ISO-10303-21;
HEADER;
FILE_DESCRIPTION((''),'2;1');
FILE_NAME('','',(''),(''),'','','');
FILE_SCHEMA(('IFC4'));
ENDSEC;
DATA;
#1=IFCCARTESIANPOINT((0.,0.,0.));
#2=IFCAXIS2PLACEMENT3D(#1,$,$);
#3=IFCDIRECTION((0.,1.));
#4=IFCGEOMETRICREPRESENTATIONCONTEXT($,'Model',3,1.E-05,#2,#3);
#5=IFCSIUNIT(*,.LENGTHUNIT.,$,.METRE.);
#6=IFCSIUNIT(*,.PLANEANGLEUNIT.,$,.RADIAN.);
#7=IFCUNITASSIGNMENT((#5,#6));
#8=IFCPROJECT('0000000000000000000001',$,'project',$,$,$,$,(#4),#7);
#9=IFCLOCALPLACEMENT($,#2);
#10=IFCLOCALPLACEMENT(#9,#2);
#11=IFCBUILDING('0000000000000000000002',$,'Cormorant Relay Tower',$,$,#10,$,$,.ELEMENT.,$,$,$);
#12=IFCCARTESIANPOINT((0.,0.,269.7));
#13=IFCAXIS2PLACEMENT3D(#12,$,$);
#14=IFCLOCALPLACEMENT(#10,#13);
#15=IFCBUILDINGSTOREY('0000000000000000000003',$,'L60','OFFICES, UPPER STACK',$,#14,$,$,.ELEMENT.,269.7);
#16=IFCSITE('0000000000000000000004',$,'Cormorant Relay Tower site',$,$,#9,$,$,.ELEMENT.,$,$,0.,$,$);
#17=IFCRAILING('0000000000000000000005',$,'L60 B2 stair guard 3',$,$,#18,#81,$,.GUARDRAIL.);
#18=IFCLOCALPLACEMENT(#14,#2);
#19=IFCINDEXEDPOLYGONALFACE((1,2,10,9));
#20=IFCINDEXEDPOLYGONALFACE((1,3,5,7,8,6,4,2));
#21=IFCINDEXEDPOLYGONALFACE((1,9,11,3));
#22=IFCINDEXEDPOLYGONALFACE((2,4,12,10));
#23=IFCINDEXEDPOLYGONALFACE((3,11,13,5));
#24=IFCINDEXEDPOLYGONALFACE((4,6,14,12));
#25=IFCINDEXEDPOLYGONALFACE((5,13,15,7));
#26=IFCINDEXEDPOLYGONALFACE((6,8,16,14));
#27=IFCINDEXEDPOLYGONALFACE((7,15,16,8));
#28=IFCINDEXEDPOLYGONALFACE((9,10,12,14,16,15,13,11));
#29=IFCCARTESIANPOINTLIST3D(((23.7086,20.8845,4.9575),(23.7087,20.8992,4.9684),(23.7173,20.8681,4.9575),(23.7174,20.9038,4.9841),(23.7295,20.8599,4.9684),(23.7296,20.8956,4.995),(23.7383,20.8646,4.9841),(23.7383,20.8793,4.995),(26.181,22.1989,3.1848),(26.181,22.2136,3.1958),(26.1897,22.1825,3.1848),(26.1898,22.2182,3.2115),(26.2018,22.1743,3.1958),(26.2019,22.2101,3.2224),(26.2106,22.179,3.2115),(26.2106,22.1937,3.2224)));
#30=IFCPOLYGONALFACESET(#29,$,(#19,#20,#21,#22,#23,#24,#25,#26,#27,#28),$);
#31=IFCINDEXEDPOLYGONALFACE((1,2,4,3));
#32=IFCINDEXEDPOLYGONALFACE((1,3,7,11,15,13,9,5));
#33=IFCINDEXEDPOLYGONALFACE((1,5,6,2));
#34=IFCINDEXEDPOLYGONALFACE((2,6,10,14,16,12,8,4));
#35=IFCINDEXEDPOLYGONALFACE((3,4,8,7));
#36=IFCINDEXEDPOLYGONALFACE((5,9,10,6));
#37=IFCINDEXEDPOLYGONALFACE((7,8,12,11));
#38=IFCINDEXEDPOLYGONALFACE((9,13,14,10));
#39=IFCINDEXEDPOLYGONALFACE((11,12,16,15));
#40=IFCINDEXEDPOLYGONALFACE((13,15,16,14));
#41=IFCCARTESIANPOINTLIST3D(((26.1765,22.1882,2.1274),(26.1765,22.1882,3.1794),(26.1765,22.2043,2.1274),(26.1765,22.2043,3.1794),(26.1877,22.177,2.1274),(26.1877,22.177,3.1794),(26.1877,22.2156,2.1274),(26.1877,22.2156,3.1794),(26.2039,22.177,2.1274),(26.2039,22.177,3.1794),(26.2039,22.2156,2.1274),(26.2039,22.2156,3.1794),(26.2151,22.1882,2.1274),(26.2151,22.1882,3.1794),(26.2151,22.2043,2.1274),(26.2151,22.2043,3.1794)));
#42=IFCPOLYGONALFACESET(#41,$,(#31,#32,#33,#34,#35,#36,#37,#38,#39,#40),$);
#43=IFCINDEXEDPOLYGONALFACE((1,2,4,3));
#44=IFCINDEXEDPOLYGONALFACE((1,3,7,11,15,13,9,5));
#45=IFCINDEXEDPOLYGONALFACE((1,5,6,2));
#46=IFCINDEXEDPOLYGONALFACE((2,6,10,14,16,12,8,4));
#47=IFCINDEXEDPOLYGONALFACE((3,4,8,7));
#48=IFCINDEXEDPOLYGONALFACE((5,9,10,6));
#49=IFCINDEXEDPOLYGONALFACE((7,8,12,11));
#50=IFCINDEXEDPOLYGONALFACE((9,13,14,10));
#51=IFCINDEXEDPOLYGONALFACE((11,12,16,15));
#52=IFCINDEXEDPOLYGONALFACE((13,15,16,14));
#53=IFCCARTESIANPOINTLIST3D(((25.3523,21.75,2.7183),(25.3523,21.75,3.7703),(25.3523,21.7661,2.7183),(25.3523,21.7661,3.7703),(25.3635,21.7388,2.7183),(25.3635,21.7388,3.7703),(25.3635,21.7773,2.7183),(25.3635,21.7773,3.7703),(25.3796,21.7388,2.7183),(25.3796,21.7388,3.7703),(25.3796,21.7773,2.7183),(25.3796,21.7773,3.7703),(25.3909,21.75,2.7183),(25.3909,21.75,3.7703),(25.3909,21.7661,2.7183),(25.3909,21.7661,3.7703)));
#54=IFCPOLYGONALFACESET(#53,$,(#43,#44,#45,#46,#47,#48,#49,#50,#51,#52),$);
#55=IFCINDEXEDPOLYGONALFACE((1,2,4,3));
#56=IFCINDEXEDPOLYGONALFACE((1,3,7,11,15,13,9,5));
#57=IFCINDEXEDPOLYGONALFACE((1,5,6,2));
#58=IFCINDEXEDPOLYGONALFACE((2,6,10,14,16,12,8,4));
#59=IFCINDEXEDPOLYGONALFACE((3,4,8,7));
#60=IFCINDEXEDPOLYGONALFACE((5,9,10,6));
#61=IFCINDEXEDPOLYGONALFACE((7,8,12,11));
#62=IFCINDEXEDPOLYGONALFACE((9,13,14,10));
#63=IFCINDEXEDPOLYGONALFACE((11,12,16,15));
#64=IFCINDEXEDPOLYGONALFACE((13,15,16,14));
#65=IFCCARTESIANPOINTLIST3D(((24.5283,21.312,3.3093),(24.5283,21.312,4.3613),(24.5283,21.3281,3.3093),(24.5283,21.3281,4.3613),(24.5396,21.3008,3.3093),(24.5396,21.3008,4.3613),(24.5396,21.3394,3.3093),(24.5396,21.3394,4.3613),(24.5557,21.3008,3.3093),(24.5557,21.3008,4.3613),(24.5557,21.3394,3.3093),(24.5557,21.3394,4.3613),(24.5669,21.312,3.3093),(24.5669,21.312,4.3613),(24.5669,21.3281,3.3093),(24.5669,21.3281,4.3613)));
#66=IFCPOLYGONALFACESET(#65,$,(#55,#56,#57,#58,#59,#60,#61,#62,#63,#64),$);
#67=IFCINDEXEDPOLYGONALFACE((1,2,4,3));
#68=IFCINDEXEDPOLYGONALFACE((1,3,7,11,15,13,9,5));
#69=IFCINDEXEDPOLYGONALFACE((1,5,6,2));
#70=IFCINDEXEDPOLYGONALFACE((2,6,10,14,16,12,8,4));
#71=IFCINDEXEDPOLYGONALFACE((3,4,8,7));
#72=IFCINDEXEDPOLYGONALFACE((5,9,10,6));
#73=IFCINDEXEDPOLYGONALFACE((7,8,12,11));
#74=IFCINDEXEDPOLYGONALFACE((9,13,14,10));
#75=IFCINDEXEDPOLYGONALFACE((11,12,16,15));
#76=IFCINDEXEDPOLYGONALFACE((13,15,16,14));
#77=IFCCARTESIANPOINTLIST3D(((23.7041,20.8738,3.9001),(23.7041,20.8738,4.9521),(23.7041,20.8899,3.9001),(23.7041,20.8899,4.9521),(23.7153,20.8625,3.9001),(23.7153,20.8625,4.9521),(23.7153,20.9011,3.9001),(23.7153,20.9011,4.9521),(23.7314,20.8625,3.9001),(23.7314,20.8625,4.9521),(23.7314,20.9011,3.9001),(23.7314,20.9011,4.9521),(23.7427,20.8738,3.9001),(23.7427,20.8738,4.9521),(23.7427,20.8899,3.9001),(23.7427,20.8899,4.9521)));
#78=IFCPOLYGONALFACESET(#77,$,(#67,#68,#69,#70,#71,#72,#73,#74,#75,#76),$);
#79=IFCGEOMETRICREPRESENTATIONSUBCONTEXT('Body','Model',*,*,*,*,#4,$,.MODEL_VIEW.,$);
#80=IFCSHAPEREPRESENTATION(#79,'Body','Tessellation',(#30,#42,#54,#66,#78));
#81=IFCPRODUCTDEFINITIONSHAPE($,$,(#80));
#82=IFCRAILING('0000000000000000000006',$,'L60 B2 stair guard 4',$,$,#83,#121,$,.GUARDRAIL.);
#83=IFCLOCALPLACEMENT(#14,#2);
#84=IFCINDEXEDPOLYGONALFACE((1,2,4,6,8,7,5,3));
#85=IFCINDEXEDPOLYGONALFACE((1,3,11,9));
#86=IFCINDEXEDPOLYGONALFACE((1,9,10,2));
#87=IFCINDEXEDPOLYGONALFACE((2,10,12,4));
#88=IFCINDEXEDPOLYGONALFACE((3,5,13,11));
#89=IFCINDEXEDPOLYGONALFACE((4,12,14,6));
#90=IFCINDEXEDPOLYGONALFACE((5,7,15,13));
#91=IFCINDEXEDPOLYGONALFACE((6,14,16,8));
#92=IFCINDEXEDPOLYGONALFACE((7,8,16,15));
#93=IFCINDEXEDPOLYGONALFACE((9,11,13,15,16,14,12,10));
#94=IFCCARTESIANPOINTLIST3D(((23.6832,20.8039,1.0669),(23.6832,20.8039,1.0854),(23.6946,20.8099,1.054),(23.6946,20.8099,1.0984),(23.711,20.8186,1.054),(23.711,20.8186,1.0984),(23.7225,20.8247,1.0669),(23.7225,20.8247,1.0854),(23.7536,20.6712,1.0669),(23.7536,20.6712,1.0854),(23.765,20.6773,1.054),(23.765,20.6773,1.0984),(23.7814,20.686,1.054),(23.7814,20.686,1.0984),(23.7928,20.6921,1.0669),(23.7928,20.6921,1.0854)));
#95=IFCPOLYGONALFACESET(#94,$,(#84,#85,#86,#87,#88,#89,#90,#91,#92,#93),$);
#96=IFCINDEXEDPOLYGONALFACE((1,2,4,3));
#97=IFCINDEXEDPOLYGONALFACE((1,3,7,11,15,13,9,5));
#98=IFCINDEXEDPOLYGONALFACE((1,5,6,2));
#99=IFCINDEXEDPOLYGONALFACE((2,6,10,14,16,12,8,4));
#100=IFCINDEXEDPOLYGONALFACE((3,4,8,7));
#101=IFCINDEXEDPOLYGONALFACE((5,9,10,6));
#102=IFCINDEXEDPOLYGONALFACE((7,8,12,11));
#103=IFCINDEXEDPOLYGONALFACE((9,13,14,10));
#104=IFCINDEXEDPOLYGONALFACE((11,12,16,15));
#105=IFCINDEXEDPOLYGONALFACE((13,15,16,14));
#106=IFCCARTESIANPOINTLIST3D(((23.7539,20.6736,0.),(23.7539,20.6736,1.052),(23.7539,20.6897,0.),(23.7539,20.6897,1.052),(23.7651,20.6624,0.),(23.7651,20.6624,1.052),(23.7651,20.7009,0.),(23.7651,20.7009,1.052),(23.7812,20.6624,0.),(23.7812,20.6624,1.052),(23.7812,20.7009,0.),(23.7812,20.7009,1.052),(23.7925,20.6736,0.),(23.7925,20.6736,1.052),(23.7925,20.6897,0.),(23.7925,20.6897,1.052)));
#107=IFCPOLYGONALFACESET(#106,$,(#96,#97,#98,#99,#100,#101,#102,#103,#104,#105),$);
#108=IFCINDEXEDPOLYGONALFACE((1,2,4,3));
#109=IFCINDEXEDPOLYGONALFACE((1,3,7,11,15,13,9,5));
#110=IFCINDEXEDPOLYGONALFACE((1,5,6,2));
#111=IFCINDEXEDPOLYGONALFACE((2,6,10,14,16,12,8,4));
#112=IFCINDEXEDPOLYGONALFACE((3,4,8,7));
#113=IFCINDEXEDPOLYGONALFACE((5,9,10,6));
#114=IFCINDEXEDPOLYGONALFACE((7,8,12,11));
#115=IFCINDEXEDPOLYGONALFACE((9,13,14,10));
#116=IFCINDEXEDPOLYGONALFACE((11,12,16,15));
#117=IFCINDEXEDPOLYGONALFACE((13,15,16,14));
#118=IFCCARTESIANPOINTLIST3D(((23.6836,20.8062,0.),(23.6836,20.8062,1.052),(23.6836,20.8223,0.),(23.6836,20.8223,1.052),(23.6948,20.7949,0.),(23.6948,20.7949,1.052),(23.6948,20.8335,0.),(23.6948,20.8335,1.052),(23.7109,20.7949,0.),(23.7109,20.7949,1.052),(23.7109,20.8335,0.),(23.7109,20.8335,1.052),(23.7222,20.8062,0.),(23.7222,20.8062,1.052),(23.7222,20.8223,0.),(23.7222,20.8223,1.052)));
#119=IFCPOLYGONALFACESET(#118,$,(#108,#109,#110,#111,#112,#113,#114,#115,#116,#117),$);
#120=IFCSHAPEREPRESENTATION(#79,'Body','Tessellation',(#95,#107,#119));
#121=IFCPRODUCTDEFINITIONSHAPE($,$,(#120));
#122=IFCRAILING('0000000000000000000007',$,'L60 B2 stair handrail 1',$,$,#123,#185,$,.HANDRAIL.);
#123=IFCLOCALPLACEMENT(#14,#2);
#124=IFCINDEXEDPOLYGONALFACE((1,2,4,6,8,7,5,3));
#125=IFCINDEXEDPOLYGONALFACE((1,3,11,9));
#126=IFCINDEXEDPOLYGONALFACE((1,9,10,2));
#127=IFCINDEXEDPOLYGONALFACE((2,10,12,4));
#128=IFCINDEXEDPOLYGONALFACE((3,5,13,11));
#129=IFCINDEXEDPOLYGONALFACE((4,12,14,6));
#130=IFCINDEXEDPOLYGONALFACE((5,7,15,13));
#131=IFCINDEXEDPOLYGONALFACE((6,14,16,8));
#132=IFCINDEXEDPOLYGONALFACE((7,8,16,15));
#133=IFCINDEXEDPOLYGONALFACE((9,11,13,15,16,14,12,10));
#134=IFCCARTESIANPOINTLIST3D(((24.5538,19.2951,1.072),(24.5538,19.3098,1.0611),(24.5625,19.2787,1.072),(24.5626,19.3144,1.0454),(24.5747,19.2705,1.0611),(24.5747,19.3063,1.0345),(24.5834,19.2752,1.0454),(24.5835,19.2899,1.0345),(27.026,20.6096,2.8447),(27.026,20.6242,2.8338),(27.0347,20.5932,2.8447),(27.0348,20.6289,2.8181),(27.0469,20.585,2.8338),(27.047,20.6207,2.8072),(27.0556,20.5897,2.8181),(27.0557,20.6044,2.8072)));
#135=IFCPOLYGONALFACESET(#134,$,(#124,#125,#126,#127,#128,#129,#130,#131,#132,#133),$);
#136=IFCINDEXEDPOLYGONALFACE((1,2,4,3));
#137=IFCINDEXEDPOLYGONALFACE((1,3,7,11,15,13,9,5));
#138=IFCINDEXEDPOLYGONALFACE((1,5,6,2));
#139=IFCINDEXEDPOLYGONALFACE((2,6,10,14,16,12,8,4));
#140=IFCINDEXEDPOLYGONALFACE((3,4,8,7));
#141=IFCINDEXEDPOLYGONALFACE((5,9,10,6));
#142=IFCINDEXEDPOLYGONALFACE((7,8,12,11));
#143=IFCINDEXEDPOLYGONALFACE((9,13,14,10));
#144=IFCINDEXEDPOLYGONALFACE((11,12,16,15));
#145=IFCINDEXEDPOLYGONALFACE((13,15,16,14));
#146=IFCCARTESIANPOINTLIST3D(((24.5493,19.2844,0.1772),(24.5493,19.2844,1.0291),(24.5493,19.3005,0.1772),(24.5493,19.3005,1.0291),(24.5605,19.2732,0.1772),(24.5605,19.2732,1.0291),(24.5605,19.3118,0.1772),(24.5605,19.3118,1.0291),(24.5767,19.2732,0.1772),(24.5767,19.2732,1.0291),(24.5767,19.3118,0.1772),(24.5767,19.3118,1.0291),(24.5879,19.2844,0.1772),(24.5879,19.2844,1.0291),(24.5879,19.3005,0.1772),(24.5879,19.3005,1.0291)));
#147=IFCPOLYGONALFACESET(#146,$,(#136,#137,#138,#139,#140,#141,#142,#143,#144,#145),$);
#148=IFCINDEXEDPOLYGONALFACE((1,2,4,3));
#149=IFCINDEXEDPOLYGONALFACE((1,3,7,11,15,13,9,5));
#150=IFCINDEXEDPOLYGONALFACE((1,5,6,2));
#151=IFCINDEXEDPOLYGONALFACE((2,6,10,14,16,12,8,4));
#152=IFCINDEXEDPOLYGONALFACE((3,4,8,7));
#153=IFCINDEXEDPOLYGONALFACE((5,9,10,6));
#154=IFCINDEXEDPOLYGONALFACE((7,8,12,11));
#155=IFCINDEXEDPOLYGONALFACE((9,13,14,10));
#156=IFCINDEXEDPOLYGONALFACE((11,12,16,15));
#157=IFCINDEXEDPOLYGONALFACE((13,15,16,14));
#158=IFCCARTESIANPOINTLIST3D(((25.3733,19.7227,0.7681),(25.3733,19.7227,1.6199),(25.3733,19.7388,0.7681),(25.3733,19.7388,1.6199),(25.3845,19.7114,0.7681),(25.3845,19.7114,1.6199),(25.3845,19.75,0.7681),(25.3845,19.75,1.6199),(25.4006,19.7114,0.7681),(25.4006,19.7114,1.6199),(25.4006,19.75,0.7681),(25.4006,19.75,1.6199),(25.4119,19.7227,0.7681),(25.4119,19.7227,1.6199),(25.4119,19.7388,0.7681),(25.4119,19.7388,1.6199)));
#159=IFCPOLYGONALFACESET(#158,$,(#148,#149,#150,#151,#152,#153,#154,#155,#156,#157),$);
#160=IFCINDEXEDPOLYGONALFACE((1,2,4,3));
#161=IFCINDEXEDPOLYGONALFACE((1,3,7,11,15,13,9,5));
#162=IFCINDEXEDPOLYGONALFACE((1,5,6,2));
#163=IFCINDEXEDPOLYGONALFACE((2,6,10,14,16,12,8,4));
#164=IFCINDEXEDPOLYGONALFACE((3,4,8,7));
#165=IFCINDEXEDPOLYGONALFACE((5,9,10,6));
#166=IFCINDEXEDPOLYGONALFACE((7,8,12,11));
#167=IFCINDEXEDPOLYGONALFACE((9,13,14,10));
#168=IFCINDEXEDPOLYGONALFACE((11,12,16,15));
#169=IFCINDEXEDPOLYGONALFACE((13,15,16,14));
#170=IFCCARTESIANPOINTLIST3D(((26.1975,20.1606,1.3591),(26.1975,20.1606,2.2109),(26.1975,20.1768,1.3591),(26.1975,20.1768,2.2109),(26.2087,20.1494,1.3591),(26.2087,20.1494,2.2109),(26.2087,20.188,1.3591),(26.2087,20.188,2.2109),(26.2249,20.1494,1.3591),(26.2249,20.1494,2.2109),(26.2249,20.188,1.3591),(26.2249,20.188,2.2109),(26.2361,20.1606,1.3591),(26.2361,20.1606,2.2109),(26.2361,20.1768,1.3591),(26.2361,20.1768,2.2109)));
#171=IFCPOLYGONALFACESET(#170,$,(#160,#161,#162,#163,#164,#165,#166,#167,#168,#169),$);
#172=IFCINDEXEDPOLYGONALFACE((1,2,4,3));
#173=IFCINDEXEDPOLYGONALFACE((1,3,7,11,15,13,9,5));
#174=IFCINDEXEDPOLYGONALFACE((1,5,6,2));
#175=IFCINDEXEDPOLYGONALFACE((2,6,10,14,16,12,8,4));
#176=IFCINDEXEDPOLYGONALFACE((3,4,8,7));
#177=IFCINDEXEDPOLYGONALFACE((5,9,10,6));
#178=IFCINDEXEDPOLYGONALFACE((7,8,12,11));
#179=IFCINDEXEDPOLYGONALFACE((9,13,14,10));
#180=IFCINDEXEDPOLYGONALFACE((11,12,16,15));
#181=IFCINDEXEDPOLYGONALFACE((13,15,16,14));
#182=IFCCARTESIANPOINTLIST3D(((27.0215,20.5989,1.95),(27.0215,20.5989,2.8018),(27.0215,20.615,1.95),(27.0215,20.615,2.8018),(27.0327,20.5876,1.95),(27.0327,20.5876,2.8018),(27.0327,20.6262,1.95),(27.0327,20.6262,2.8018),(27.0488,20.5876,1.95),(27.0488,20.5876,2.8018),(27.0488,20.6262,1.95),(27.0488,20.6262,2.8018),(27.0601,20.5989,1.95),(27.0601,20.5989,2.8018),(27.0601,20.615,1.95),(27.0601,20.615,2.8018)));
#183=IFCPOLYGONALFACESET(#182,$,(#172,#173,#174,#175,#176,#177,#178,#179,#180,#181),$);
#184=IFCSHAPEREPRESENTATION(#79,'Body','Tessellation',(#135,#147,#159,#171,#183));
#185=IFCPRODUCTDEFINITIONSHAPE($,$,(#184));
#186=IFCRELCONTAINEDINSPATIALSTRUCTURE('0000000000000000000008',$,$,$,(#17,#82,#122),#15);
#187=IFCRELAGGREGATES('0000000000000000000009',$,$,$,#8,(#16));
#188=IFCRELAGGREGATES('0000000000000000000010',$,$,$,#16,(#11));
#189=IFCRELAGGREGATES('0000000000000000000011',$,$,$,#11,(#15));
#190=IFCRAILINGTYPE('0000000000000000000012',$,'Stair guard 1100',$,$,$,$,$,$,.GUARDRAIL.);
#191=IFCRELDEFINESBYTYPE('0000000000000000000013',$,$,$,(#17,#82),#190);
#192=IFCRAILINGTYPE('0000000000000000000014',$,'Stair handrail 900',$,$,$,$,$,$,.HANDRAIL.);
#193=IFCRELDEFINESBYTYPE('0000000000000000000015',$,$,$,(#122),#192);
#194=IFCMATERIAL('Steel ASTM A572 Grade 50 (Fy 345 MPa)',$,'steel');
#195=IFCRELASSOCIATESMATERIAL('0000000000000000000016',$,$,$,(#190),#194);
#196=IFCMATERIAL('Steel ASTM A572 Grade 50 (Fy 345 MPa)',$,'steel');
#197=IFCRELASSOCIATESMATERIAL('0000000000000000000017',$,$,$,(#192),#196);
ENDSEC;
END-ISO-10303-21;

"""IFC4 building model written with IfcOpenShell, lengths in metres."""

from ifc_helpers import new_model, si_unit, direction, frame, origin, place, context, subcontext, project, spatial, polyline, outline, extrude, material, type_object, element, save


model = new_model("IFC4")

# Units and contexts
model_context = context("Model", 3, precision=1e-05, world=origin(), true_north=direction((0.0, 1.0)))
body_context = subcontext(model_context, "Body", "Model", "MODEL_VIEW")
ifc_project = project(units=[si_unit("LENGTHUNIT", "METRE"), si_unit("PLANEANGLEUNIT", "RADIAN")], contexts=[model_context])

# Site, building, storey
site_placement = place(None, origin())
site = spatial("IfcSite", under=ifc_project, at=site_placement, Name="Cormorant Relay Tower site", CompositionType="ELEMENT", RefElevation=0.0)
building_placement = place(site_placement, origin())
building = spatial("IfcBuilding", under=site, at=building_placement, Name="Cormorant Relay Tower", CompositionType="ELEMENT")
storey_placement = place(building_placement, frame((0.0, 0.0, 269.7)))
storey = spatial("IfcBuildingStorey", under=building, at=storey_placement, Name="L60", Description="OFFICES, UPPER STACK", CompositionType="ELEMENT", Elevation=269.7)

# Railings
ifc_material_1 = material(Name="Steel ASTM A572 Grade 50 (Fy 345 MPa)", Category="steel")
railing_type_1 = type_object("IfcRailingType", Name="Stair guard 1100", PredefinedType="GUARDRAIL", material=ifc_material_1)
railing_1_placement = place(storey_placement, frame((26.1958, 22.1963, 2.1274)))
element("IfcRailing", 1, at=railing_1_placement, inside=storey, type_object=railing_type_1, Name="L60 B2 stair guard 3", PredefinedType="GUARDRAIL", context=body_context, shape_type="SweptSolid", body=[
    extrude(outline(polyline([(0.0222, 0.0093), (0.0093, 0.0222), (-0.0093, 0.0222), (-0.0222, 0.0093), (-0.0222, -0.0093), (-0.0093, -0.0222), (0.0093, -0.0222), (0.0222, -0.0093), (0.0222, 0.0093)])), frame((0.0, 0.0, 1.0762), z_axis=(-0.746034, -0.396627, 0.534902), x_axis=(0.469429, -0.88297, 0.0)), (0.0, 0.0, 1.0), 3.314),
    extrude(outline(polyline([(0.0193, 0.0081), (0.0081, 0.0193), (-0.0081, 0.0193), (-0.0193, 0.0081), (-0.0193, -0.0081), (-0.0081, -0.0193), (0.0081, -0.0193), (0.0193, -0.0081), (0.0193, 0.0081)])), origin(), (0.0, 0.0, 1.0), 1.052),
    extrude(outline(polyline([(0.0193, 0.0081), (0.0081, 0.0193), (-0.0081, 0.0193), (-0.0193, 0.0081), (-0.0193, -0.0081), (-0.0081, -0.0193), (0.0081, -0.0193), (0.0193, -0.0081), (0.0193, 0.0081)])), frame((-0.8242, -0.4382, 0.5908)), (0.0, 0.0, 1.0), 1.052),
    extrude(outline(polyline([(0.0193, 0.0081), (0.0081, 0.0193), (-0.0081, 0.0193), (-0.0193, 0.0081), (-0.0193, -0.0081), (-0.0081, -0.0193), (0.0081, -0.0193), (0.0193, -0.0081), (0.0193, 0.0081)])), frame((-1.6482, -0.8762, 1.1819)), (0.0, 0.0, 1.0), 1.052),
    extrude(outline(polyline([(0.0193, 0.0081), (0.0081, 0.0193), (-0.0081, 0.0193), (-0.0193, 0.0081), (-0.0193, -0.0081), (-0.0081, -0.0193), (0.0081, -0.0193), (0.0193, -0.0081), (0.0193, 0.0081)])), frame((-2.4724, -1.3145, 1.7727)), (0.0, 0.0, 1.0), 1.052),
])
railing_2_placement = place(storey_placement, frame((23.7732, 20.6816, 0.0)))
element("IfcRailing", 2, at=railing_2_placement, inside=storey, type_object=railing_type_1, Name="L60 B2 stair guard 4", PredefinedType="GUARDRAIL", context=body_context, shape_type="SweptSolid", body=[
    extrude(outline(polyline([(0.0222, 0.0093), (0.0093, 0.0222), (-0.0093, 0.0222), (-0.0222, 0.0093), (-0.0222, -0.0093), (-0.0093, -0.0222), (0.0093, -0.0222), (0.0222, -0.0093), (0.0222, 0.0093)])), frame((0.0, 0.0, 1.0762), z_axis=(-0.46856, 0.883431, 0.0), x_axis=(-0.883431, -0.46856, 0.0)), (0.0, 0.0, 1.0), 0.1501),
    extrude(outline(polyline([(0.0193, 0.0081), (0.0081, 0.0193), (-0.0081, 0.0193), (-0.0193, 0.0081), (-0.0193, -0.0081), (-0.0081, -0.0193), (0.0081, -0.0193), (0.0193, -0.0081), (0.0193, 0.0081)])), origin(), (0.0, 0.0, 1.0), 1.052),
    extrude(outline(polyline([(0.0193, 0.0081), (0.0081, 0.0193), (-0.0081, 0.0193), (-0.0193, 0.0081), (-0.0193, -0.0081), (-0.0081, -0.0193), (0.0081, -0.0193), (0.0193, -0.0081), (0.0193, 0.0081)])), frame((-0.0703, 0.1326, 0.0)), (0.0, 0.0, 1.0), 1.052),
])
ifc_material_2 = material(Name="Steel ASTM A572 Grade 50 (Fy 345 MPa)", Category="steel")
railing_type_2 = type_object("IfcRailingType", Name="Stair handrail 900", PredefinedType="HANDRAIL", material=ifc_material_2)
railing_3_placement = place(storey_placement, frame((24.5686, 19.2925, 0.1772)))
element("IfcRailing", 3, at=railing_3_placement, inside=storey, type_object=railing_type_2, Name="L60 B2 stair handrail 1", PredefinedType="HANDRAIL", context=body_context, shape_type="SweptSolid", body=[
    extrude(outline(polyline([(0.0222, 0.0093), (0.0093, 0.0222), (-0.0093, 0.0222), (-0.0222, 0.0093), (-0.0222, -0.0093), (-0.0093, -0.0222), (0.0093, -0.0222), (0.0222, -0.0093), (0.0222, 0.0093)])), frame((0.0, 0.0, 0.876), z_axis=(0.746001, 0.396649, 0.534931), x_axis=(-0.469465, 0.882951, 0.0)), (0.0, 0.0, 1.0), 3.314),
    extrude(outline(polyline([(0.0193, 0.0081), (0.0081, 0.0193), (-0.0081, 0.0193), (-0.0193, 0.0081), (-0.0193, -0.0081), (-0.0081, -0.0193), (0.0081, -0.0193), (0.0193, -0.0081), (0.0193, 0.0081)])), origin(), (0.0, 0.0, 1.0), 0.8518),
    extrude(outline(polyline([(0.0193, 0.0081), (0.0081, 0.0193), (-0.0081, 0.0193), (-0.0193, 0.0081), (-0.0193, -0.0081), (-0.0081, -0.0193), (0.0081, -0.0193), (0.0193, -0.0081), (0.0193, 0.0081)])), frame((0.824, 0.4382, 0.5908)), (0.0, 0.0, 1.0), 0.8518),
    extrude(outline(polyline([(0.0193, 0.0081), (0.0081, 0.0193), (-0.0081, 0.0193), (-0.0193, 0.0081), (-0.0193, -0.0081), (-0.0081, -0.0193), (0.0081, -0.0193), (0.0193, -0.0081), (0.0193, 0.0081)])), frame((1.6482, 0.8762, 1.1819)), (0.0, 0.0, 1.0), 0.8518),
    extrude(outline(polyline([(0.0193, 0.0081), (0.0081, 0.0193), (-0.0081, 0.0193), (-0.0193, 0.0081), (-0.0193, -0.0081), (-0.0081, -0.0193), (0.0081, -0.0193), (0.0193, -0.0081), (0.0193, 0.0081)])), frame((2.4722, 1.3145, 1.7727)), (0.0, 0.0, 1.0), 0.8518),
])

save(model, "model.ifc")
